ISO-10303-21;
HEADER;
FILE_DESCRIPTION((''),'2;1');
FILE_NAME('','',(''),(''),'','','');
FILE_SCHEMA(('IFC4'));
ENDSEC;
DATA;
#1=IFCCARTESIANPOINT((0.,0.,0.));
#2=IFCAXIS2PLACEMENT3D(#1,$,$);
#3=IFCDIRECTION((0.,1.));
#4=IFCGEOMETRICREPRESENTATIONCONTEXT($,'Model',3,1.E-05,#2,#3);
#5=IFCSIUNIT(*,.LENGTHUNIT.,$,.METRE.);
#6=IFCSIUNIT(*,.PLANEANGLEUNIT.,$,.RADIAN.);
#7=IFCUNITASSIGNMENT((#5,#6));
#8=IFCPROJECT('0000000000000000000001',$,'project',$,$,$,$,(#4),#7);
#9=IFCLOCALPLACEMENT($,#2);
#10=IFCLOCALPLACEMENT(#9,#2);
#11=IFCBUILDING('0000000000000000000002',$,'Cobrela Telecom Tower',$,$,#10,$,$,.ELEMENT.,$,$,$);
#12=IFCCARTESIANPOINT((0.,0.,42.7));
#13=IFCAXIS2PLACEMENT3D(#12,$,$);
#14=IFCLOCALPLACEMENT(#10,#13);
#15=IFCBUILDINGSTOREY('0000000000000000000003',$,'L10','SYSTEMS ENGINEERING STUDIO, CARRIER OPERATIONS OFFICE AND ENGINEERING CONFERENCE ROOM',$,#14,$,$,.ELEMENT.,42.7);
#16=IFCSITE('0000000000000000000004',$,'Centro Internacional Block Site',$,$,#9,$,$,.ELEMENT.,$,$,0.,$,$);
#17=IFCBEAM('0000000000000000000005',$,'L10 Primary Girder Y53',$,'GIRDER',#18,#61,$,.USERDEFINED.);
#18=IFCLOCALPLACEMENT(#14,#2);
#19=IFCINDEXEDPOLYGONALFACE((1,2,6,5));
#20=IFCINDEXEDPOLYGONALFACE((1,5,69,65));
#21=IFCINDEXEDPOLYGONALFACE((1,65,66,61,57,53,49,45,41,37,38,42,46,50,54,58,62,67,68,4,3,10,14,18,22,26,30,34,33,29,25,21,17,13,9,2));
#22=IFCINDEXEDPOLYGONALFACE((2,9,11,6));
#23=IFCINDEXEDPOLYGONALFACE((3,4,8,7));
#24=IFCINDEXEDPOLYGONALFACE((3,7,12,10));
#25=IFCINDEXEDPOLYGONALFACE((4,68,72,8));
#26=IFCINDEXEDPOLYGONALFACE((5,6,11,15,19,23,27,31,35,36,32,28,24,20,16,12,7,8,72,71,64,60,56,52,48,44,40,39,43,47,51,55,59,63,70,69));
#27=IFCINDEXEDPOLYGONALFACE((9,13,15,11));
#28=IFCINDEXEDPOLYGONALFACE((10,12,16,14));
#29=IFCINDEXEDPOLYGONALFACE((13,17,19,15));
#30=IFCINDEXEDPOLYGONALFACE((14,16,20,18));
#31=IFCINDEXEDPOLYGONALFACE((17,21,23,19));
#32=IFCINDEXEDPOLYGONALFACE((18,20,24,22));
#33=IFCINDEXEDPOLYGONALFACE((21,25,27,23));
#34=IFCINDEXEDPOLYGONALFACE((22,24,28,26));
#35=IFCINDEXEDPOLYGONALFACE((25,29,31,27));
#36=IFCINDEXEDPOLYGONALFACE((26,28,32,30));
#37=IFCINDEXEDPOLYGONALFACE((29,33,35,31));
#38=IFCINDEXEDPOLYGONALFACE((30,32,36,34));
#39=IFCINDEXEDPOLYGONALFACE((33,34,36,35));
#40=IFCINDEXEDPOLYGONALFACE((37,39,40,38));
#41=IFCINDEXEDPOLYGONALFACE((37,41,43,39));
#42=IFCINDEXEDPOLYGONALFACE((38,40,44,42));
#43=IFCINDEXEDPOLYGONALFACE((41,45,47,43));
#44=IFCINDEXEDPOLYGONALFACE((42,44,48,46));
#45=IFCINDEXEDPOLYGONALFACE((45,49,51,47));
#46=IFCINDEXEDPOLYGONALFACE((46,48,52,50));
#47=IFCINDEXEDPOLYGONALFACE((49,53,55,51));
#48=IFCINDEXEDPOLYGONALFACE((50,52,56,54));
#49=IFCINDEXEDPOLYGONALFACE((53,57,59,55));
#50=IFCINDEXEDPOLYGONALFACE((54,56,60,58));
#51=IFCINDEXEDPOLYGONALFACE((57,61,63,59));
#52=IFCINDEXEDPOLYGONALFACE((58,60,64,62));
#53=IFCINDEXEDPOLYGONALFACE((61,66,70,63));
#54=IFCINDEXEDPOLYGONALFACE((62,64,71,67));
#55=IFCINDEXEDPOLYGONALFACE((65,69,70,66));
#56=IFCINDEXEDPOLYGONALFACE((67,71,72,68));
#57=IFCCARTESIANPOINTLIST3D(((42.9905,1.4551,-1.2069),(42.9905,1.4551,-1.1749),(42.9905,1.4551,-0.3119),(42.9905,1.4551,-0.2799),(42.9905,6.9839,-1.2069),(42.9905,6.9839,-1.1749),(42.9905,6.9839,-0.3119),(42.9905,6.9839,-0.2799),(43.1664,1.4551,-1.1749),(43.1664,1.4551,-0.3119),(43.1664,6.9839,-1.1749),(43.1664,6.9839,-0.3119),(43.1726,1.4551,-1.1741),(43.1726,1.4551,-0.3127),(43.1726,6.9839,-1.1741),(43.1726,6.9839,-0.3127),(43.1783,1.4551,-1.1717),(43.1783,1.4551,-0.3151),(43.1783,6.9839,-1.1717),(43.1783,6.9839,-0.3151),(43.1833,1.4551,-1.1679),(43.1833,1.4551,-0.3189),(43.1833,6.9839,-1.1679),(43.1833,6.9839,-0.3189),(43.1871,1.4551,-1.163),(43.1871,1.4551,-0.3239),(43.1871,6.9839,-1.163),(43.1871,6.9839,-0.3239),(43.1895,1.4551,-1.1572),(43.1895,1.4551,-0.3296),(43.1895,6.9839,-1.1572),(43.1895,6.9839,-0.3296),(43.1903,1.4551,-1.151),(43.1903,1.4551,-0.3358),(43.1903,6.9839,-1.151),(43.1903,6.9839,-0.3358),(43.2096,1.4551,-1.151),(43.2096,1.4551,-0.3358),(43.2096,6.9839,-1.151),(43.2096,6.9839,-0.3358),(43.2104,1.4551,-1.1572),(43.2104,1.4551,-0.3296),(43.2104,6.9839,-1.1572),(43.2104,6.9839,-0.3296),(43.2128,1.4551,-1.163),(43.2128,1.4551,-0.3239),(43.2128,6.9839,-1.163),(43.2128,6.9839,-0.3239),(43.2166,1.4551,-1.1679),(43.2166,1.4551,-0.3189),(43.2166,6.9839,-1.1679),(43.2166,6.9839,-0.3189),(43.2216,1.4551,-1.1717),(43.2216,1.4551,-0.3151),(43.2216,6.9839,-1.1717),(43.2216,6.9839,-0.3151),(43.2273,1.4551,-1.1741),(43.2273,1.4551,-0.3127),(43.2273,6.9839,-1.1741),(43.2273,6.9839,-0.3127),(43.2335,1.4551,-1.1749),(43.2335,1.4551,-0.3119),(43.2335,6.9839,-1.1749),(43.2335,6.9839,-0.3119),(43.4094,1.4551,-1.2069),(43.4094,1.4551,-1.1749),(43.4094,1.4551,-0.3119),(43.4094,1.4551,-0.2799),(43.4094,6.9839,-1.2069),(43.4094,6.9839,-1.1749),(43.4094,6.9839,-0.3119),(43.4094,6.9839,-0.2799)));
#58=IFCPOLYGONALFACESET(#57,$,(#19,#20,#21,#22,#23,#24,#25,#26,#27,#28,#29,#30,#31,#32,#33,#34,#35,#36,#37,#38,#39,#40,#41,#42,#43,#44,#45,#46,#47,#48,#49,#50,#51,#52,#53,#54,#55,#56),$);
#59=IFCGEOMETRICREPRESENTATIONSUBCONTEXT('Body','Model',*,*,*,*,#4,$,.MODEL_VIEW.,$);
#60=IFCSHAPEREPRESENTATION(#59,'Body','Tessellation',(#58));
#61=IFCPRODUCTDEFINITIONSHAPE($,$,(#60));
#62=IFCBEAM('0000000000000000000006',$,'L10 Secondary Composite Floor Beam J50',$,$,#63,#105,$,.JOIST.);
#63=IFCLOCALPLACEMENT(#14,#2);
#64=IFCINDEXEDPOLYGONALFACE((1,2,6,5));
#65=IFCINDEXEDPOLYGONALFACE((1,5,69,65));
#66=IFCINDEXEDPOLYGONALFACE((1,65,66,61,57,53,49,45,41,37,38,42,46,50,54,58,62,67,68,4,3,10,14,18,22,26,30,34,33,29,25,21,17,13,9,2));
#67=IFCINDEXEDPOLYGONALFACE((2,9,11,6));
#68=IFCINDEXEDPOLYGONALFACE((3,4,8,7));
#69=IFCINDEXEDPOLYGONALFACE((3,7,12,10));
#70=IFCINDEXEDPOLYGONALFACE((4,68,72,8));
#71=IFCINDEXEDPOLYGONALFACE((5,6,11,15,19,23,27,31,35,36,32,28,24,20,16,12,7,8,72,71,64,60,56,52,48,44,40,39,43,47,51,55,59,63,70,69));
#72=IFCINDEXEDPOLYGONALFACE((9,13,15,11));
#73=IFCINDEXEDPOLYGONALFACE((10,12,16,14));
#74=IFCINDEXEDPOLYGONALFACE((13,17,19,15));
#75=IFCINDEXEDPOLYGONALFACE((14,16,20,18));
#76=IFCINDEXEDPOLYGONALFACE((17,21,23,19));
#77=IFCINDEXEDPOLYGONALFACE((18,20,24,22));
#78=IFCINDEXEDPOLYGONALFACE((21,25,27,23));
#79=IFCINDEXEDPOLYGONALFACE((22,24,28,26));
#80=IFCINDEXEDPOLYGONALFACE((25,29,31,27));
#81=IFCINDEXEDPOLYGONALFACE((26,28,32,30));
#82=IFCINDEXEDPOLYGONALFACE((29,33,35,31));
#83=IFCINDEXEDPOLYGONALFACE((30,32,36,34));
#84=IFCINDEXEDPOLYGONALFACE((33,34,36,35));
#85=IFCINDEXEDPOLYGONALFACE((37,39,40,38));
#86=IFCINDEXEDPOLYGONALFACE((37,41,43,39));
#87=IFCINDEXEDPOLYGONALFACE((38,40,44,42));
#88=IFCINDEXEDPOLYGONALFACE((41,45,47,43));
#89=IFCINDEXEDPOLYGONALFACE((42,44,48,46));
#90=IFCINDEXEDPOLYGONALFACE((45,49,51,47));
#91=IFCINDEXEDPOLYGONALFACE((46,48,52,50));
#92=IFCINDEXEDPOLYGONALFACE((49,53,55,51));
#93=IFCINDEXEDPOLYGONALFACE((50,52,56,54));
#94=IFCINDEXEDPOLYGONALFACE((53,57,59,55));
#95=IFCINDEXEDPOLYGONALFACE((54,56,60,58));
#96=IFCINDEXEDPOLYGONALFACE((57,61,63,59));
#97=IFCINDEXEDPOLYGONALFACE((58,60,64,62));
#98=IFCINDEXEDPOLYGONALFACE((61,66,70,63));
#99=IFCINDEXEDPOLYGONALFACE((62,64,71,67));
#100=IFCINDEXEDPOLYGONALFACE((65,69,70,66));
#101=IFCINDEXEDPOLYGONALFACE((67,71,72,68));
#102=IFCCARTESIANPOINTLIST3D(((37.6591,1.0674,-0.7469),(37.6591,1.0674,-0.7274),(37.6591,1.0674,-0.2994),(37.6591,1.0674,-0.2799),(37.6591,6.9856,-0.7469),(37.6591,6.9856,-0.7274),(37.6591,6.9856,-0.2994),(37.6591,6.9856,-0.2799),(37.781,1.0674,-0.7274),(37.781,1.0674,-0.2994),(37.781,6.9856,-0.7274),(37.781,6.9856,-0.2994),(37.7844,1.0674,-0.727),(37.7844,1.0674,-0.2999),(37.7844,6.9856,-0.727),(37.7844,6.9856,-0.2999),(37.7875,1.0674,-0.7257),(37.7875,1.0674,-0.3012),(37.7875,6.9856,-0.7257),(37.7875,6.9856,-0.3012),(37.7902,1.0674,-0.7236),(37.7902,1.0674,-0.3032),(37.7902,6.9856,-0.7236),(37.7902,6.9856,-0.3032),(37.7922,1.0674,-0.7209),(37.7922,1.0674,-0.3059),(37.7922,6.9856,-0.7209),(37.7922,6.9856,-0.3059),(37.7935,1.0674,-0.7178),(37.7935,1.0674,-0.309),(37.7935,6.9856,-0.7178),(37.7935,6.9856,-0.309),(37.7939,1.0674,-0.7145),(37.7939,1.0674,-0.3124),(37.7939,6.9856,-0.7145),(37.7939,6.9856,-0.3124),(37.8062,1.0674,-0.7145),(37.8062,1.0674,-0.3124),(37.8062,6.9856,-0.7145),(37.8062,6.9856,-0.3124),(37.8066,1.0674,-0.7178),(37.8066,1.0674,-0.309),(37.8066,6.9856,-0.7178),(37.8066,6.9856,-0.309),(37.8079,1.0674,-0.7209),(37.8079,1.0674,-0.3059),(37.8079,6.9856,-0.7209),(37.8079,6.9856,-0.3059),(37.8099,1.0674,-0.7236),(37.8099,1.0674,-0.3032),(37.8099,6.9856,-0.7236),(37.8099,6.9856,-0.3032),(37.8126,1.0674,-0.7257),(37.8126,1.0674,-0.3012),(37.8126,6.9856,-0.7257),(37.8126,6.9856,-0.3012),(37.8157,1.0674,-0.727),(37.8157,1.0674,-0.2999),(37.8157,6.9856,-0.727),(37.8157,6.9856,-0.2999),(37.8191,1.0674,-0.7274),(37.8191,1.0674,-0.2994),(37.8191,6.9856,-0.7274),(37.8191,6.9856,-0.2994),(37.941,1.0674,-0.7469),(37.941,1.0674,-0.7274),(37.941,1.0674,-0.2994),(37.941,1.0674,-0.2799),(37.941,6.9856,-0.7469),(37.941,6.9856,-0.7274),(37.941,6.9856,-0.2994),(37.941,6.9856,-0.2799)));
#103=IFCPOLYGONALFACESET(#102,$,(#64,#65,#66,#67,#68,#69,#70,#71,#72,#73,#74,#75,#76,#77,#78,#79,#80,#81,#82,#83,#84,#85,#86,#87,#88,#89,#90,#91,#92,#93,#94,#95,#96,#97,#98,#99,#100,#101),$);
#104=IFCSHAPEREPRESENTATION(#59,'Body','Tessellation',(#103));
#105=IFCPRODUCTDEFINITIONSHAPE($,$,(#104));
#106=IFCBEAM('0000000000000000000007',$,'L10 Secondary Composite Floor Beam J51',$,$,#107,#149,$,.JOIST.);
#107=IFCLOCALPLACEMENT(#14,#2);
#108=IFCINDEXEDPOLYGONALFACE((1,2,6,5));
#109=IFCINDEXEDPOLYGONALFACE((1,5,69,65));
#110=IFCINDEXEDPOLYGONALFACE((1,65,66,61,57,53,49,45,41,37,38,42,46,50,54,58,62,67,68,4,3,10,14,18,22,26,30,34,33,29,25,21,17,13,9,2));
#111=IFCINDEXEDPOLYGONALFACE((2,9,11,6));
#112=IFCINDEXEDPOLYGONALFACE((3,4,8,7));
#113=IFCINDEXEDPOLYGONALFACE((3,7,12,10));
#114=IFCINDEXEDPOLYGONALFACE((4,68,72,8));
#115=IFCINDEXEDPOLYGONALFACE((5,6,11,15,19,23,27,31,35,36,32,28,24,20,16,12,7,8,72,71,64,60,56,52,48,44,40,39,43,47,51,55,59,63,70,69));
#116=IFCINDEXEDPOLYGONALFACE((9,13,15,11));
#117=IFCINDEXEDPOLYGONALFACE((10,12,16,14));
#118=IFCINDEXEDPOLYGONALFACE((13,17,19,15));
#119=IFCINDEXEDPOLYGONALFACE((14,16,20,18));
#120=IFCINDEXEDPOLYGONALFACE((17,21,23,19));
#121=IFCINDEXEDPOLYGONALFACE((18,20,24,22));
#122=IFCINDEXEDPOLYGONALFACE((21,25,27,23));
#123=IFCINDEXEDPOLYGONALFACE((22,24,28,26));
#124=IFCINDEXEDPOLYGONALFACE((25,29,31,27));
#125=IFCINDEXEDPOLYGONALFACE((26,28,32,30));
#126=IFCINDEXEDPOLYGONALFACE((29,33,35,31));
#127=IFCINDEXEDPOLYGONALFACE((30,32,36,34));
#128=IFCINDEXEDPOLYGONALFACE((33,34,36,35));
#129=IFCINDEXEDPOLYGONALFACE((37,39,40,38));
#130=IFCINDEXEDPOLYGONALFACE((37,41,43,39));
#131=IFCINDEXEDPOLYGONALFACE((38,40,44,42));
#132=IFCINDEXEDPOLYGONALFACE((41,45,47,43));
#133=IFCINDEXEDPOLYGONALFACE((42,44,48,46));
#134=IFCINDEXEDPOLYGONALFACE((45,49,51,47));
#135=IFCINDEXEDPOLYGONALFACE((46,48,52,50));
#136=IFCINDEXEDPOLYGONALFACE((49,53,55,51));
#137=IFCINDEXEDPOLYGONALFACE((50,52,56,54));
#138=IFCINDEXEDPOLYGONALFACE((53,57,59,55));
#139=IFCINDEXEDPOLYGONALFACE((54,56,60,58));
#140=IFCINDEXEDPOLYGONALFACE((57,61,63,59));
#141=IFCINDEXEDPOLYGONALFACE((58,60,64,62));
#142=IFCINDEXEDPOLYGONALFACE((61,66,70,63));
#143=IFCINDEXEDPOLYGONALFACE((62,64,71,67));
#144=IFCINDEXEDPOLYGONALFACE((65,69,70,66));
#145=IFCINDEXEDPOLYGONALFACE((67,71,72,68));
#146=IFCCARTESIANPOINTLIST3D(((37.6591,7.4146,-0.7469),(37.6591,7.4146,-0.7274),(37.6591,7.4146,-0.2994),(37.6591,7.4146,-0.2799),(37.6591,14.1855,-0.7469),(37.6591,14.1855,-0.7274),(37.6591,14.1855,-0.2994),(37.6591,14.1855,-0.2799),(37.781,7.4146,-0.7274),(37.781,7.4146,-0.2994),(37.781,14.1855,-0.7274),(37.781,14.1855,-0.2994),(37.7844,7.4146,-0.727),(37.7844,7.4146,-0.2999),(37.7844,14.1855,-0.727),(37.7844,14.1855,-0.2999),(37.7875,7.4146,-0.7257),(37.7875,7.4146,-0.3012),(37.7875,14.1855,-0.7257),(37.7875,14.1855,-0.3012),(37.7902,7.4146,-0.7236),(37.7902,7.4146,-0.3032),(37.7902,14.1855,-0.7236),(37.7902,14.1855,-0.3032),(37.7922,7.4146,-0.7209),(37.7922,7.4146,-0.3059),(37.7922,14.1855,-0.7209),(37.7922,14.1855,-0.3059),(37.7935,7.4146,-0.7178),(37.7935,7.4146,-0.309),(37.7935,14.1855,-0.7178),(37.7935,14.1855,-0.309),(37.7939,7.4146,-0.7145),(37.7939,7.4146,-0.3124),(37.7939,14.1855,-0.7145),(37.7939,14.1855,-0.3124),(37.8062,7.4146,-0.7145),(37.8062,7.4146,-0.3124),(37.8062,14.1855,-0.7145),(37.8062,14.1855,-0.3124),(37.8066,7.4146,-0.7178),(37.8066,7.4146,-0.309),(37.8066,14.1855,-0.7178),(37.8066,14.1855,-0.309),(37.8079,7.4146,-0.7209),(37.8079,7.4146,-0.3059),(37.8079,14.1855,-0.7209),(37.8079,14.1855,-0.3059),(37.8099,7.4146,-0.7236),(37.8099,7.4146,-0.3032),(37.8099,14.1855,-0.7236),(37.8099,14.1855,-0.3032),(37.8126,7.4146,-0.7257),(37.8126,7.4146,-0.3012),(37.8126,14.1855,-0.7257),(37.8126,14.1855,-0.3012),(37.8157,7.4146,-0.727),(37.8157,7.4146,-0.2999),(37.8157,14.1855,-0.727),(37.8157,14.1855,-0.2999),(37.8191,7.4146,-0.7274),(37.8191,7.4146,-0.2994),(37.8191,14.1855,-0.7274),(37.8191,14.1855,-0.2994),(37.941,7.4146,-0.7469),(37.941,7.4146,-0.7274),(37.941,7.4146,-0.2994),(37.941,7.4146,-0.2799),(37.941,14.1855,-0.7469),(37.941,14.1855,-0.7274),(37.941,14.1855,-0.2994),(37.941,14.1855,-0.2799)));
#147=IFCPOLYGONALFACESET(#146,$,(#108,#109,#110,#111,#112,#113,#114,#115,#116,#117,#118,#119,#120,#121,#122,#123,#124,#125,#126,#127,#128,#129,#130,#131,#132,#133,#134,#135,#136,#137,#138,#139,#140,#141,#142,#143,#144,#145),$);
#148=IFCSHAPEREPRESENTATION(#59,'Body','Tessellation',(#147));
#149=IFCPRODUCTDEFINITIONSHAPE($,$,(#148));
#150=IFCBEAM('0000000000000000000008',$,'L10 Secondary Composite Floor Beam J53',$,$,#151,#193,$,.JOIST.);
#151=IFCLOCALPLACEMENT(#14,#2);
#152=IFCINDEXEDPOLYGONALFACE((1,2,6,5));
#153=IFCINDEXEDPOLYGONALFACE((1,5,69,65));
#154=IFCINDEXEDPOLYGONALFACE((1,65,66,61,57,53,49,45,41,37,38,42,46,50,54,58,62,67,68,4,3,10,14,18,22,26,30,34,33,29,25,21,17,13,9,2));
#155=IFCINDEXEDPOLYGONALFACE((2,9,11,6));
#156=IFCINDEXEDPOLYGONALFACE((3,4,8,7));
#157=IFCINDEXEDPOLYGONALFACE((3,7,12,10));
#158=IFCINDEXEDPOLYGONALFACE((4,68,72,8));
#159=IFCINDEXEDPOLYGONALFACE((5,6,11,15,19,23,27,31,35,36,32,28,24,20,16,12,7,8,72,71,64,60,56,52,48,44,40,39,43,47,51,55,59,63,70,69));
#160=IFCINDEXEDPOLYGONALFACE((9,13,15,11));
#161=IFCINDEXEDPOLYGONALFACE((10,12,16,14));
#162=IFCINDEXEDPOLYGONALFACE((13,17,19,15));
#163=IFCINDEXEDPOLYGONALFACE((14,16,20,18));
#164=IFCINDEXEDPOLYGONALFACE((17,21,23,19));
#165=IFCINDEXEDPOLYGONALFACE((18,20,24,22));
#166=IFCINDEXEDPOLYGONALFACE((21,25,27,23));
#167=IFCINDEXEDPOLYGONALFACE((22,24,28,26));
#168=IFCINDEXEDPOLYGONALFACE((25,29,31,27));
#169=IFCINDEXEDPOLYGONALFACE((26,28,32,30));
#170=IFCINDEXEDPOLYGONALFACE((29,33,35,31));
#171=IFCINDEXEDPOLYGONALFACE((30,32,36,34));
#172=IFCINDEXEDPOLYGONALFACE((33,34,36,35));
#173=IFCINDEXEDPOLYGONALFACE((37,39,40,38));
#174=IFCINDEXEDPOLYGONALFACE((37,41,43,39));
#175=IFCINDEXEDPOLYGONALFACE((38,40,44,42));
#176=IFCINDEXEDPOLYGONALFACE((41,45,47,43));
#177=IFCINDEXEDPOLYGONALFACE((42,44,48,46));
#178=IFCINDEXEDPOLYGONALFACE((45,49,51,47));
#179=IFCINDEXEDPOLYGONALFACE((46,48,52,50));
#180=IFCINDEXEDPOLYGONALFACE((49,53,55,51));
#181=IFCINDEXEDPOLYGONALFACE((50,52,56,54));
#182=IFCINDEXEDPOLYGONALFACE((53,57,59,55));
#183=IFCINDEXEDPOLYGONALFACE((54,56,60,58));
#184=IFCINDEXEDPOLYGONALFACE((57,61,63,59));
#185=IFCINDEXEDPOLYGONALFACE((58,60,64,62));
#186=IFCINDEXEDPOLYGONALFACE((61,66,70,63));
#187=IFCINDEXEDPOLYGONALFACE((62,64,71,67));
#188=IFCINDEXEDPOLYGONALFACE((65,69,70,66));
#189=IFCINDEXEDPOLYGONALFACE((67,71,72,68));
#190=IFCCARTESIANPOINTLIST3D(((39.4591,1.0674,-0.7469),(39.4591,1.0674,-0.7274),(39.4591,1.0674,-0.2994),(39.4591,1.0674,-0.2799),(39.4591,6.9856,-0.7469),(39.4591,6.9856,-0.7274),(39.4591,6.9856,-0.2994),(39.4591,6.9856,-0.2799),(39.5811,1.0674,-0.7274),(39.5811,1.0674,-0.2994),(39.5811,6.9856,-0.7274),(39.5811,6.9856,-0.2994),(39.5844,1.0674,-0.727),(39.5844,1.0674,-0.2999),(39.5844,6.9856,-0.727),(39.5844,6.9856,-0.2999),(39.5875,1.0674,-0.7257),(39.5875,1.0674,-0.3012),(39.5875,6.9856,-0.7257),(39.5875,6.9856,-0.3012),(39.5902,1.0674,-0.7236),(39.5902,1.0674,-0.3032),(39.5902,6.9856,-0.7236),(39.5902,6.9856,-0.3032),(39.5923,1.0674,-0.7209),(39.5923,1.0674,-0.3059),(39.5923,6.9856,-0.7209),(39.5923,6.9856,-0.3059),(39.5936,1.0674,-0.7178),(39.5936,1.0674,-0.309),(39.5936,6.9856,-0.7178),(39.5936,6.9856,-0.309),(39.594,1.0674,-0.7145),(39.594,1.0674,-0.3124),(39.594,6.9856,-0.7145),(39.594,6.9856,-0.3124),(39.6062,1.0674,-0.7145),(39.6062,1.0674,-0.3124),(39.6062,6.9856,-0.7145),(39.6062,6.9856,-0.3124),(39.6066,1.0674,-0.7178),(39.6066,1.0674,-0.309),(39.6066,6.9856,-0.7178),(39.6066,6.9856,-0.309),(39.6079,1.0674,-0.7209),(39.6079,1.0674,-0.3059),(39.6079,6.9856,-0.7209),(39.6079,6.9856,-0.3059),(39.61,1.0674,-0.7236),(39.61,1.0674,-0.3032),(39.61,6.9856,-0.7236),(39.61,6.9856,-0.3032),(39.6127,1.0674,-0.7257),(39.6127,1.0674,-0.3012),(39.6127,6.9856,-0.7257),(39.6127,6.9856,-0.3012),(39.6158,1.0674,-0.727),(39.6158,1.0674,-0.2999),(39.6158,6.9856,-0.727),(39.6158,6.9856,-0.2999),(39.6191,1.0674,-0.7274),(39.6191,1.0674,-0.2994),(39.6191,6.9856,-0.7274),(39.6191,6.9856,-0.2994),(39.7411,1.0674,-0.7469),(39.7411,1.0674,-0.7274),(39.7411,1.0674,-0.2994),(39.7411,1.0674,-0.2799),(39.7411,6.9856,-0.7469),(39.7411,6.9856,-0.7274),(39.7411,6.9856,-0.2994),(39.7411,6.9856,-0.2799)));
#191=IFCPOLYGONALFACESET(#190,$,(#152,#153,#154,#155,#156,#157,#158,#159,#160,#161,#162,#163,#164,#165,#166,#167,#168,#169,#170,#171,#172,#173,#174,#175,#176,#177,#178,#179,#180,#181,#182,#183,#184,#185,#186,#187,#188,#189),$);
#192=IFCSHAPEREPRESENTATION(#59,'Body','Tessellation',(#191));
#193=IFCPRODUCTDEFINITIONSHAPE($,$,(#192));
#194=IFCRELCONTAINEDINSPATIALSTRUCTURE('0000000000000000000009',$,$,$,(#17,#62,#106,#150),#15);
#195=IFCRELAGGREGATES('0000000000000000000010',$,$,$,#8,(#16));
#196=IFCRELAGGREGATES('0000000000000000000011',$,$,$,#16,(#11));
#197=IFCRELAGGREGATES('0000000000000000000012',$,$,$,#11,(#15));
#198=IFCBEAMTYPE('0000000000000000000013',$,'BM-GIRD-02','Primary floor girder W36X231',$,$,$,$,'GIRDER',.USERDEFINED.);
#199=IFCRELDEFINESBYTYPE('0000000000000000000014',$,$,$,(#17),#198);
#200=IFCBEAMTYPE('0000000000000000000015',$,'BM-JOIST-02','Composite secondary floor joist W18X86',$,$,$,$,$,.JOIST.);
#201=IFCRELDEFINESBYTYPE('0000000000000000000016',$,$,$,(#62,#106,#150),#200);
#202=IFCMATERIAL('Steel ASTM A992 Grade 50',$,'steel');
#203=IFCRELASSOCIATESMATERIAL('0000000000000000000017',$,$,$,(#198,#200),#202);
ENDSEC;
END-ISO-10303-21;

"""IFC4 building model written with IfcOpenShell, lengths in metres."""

from ifc_helpers import new_model, si_unit, direction, frame, origin, origin_2d, place, context, subcontext, project, spatial, i_section, extrude, material, material_profile, profile_set, type_object, element, save


model = new_model("IFC4")

# Units and contexts
model_context = context("Model", 3, precision=1e-05, world=origin(), true_north=direction((0.0, 1.0)))
body_context = subcontext(model_context, "Body", "Model", "MODEL_VIEW")
ifc_project = project(units=[si_unit("LENGTHUNIT", "METRE"), si_unit("PLANEANGLEUNIT", "RADIAN")], contexts=[model_context])

# Site, building, storey
site_placement = place(None, origin())
site = spatial("IfcSite", under=ifc_project, at=site_placement, Name="Centro Internacional Block Site", CompositionType="ELEMENT", RefElevation=0.0)
building_placement = place(site_placement, origin())
building = spatial("IfcBuilding", under=site, at=building_placement, Name="Cobrela Telecom Tower", CompositionType="ELEMENT")
storey_placement = place(building_placement, frame((0.0, 0.0, 42.7)))
storey = spatial("IfcBuildingStorey", under=building, at=storey_placement, Name="L10", Description="SYSTEMS ENGINEERING STUDIO, CARRIER OPERATIONS OFFICE AND ENGINEERING CONFERENCE ROOM", CompositionType="ELEMENT", Elevation=42.7)

# Shared definitions
ifc_material_1 = material(Name="Steel ASTM A992 Grade 50", Category="steel")

# Beams
ifc_material_profile_1 = material_profile(ifc_material_1, i_section(OverallWidth=0.4189, OverallDepth=0.927, WebThickness=0.0193, FlangeThickness=0.032, FilletRadius=0.0239, at=origin_2d()), Name="W36X231")
ifc_profile_set_1 = profile_set([ifc_material_profile_1], Name="Steel ASTM A992 Grade 50")
beam_type_1 = type_object("IfcBeamType", Name="BM-GIRD-02", Description="Primary floor girder W36X231", ElementType="GIRDER", PredefinedType="USERDEFINED", material=ifc_profile_set_1)
beam_1_placement = place(storey_placement, frame((43.2, 1.4551, -0.7434), z_axis=(0.0, 1.0, 0.0), x_axis=(-1.0, 0.0, 0.0)))
element("IfcBeam", 1, at=beam_1_placement, inside=storey, type_object=beam_type_1, Name="L10 Primary Girder Y53", ObjectType="GIRDER", PredefinedType="USERDEFINED", context=body_context, shape_type="SweptSolid", body=[
    extrude(i_section(OverallWidth=0.4189, OverallDepth=0.927, WebThickness=0.0193, FlangeThickness=0.032, FilletRadius=0.0239, at=origin_2d()), origin(), (0.0, 0.0, 1.0), 5.5288),
])
ifc_material_profile_2 = material_profile(ifc_material_1, i_section(OverallWidth=0.282, OverallDepth=0.467, WebThickness=0.0122, FlangeThickness=0.0195, FilletRadius=0.0129, at=origin_2d()), Name="W18X86")
ifc_profile_set_2 = profile_set([ifc_material_profile_2], Name="Steel ASTM A992 Grade 50")
beam_type_2 = type_object("IfcBeamType", Name="BM-JOIST-02", Description="Composite secondary floor joist W18X86", PredefinedType="JOIST", material=ifc_profile_set_2)
beam_2_placement = place(storey_placement, frame((37.8, 1.0674, -0.5134), z_axis=(0.0, 1.0, 0.0), x_axis=(-1.0, 0.0, 0.0)))
element("IfcBeam", 2, at=beam_2_placement, inside=storey, type_object=beam_type_2, Name="L10 Secondary Composite Floor Beam J50", PredefinedType="JOIST", context=body_context, shape_type="SweptSolid", body=[
    extrude(i_section(OverallWidth=0.282, OverallDepth=0.467, WebThickness=0.0122, FlangeThickness=0.0195, FilletRadius=0.0129, at=origin_2d()), origin(), (0.0, 0.0, 1.0), 5.9182),
])
beam_3_placement = place(storey_placement, frame((37.8, 7.4146, -0.5134), z_axis=(0.0, 1.0, 0.0), x_axis=(-1.0, 0.0, 0.0)))
element("IfcBeam", 3, at=beam_3_placement, inside=storey, type_object=beam_type_2, Name="L10 Secondary Composite Floor Beam J51", PredefinedType="JOIST", context=body_context, shape_type="SweptSolid", body=[
    extrude(i_section(OverallWidth=0.282, OverallDepth=0.467, WebThickness=0.0122, FlangeThickness=0.0195, FilletRadius=0.0129, at=origin_2d()), origin(), (0.0, 0.0, 1.0), 6.771),
])
beam_4_placement = place(storey_placement, frame((39.6001, 1.0674, -0.5134), z_axis=(0.0, 1.0, 0.0), x_axis=(-1.0, 0.0, 0.0)))
element("IfcBeam", 4, at=beam_4_placement, inside=storey, type_object=beam_type_2, Name="L10 Secondary Composite Floor Beam J53", PredefinedType="JOIST", context=body_context, shape_type="SweptSolid", body=[
    extrude(i_section(OverallWidth=0.282, OverallDepth=0.467, WebThickness=0.0122, FlangeThickness=0.0195, FilletRadius=0.0129, at=origin_2d()), origin(), (0.0, 0.0, 1.0), 5.9182),
])

save(model, "model.ifc")
